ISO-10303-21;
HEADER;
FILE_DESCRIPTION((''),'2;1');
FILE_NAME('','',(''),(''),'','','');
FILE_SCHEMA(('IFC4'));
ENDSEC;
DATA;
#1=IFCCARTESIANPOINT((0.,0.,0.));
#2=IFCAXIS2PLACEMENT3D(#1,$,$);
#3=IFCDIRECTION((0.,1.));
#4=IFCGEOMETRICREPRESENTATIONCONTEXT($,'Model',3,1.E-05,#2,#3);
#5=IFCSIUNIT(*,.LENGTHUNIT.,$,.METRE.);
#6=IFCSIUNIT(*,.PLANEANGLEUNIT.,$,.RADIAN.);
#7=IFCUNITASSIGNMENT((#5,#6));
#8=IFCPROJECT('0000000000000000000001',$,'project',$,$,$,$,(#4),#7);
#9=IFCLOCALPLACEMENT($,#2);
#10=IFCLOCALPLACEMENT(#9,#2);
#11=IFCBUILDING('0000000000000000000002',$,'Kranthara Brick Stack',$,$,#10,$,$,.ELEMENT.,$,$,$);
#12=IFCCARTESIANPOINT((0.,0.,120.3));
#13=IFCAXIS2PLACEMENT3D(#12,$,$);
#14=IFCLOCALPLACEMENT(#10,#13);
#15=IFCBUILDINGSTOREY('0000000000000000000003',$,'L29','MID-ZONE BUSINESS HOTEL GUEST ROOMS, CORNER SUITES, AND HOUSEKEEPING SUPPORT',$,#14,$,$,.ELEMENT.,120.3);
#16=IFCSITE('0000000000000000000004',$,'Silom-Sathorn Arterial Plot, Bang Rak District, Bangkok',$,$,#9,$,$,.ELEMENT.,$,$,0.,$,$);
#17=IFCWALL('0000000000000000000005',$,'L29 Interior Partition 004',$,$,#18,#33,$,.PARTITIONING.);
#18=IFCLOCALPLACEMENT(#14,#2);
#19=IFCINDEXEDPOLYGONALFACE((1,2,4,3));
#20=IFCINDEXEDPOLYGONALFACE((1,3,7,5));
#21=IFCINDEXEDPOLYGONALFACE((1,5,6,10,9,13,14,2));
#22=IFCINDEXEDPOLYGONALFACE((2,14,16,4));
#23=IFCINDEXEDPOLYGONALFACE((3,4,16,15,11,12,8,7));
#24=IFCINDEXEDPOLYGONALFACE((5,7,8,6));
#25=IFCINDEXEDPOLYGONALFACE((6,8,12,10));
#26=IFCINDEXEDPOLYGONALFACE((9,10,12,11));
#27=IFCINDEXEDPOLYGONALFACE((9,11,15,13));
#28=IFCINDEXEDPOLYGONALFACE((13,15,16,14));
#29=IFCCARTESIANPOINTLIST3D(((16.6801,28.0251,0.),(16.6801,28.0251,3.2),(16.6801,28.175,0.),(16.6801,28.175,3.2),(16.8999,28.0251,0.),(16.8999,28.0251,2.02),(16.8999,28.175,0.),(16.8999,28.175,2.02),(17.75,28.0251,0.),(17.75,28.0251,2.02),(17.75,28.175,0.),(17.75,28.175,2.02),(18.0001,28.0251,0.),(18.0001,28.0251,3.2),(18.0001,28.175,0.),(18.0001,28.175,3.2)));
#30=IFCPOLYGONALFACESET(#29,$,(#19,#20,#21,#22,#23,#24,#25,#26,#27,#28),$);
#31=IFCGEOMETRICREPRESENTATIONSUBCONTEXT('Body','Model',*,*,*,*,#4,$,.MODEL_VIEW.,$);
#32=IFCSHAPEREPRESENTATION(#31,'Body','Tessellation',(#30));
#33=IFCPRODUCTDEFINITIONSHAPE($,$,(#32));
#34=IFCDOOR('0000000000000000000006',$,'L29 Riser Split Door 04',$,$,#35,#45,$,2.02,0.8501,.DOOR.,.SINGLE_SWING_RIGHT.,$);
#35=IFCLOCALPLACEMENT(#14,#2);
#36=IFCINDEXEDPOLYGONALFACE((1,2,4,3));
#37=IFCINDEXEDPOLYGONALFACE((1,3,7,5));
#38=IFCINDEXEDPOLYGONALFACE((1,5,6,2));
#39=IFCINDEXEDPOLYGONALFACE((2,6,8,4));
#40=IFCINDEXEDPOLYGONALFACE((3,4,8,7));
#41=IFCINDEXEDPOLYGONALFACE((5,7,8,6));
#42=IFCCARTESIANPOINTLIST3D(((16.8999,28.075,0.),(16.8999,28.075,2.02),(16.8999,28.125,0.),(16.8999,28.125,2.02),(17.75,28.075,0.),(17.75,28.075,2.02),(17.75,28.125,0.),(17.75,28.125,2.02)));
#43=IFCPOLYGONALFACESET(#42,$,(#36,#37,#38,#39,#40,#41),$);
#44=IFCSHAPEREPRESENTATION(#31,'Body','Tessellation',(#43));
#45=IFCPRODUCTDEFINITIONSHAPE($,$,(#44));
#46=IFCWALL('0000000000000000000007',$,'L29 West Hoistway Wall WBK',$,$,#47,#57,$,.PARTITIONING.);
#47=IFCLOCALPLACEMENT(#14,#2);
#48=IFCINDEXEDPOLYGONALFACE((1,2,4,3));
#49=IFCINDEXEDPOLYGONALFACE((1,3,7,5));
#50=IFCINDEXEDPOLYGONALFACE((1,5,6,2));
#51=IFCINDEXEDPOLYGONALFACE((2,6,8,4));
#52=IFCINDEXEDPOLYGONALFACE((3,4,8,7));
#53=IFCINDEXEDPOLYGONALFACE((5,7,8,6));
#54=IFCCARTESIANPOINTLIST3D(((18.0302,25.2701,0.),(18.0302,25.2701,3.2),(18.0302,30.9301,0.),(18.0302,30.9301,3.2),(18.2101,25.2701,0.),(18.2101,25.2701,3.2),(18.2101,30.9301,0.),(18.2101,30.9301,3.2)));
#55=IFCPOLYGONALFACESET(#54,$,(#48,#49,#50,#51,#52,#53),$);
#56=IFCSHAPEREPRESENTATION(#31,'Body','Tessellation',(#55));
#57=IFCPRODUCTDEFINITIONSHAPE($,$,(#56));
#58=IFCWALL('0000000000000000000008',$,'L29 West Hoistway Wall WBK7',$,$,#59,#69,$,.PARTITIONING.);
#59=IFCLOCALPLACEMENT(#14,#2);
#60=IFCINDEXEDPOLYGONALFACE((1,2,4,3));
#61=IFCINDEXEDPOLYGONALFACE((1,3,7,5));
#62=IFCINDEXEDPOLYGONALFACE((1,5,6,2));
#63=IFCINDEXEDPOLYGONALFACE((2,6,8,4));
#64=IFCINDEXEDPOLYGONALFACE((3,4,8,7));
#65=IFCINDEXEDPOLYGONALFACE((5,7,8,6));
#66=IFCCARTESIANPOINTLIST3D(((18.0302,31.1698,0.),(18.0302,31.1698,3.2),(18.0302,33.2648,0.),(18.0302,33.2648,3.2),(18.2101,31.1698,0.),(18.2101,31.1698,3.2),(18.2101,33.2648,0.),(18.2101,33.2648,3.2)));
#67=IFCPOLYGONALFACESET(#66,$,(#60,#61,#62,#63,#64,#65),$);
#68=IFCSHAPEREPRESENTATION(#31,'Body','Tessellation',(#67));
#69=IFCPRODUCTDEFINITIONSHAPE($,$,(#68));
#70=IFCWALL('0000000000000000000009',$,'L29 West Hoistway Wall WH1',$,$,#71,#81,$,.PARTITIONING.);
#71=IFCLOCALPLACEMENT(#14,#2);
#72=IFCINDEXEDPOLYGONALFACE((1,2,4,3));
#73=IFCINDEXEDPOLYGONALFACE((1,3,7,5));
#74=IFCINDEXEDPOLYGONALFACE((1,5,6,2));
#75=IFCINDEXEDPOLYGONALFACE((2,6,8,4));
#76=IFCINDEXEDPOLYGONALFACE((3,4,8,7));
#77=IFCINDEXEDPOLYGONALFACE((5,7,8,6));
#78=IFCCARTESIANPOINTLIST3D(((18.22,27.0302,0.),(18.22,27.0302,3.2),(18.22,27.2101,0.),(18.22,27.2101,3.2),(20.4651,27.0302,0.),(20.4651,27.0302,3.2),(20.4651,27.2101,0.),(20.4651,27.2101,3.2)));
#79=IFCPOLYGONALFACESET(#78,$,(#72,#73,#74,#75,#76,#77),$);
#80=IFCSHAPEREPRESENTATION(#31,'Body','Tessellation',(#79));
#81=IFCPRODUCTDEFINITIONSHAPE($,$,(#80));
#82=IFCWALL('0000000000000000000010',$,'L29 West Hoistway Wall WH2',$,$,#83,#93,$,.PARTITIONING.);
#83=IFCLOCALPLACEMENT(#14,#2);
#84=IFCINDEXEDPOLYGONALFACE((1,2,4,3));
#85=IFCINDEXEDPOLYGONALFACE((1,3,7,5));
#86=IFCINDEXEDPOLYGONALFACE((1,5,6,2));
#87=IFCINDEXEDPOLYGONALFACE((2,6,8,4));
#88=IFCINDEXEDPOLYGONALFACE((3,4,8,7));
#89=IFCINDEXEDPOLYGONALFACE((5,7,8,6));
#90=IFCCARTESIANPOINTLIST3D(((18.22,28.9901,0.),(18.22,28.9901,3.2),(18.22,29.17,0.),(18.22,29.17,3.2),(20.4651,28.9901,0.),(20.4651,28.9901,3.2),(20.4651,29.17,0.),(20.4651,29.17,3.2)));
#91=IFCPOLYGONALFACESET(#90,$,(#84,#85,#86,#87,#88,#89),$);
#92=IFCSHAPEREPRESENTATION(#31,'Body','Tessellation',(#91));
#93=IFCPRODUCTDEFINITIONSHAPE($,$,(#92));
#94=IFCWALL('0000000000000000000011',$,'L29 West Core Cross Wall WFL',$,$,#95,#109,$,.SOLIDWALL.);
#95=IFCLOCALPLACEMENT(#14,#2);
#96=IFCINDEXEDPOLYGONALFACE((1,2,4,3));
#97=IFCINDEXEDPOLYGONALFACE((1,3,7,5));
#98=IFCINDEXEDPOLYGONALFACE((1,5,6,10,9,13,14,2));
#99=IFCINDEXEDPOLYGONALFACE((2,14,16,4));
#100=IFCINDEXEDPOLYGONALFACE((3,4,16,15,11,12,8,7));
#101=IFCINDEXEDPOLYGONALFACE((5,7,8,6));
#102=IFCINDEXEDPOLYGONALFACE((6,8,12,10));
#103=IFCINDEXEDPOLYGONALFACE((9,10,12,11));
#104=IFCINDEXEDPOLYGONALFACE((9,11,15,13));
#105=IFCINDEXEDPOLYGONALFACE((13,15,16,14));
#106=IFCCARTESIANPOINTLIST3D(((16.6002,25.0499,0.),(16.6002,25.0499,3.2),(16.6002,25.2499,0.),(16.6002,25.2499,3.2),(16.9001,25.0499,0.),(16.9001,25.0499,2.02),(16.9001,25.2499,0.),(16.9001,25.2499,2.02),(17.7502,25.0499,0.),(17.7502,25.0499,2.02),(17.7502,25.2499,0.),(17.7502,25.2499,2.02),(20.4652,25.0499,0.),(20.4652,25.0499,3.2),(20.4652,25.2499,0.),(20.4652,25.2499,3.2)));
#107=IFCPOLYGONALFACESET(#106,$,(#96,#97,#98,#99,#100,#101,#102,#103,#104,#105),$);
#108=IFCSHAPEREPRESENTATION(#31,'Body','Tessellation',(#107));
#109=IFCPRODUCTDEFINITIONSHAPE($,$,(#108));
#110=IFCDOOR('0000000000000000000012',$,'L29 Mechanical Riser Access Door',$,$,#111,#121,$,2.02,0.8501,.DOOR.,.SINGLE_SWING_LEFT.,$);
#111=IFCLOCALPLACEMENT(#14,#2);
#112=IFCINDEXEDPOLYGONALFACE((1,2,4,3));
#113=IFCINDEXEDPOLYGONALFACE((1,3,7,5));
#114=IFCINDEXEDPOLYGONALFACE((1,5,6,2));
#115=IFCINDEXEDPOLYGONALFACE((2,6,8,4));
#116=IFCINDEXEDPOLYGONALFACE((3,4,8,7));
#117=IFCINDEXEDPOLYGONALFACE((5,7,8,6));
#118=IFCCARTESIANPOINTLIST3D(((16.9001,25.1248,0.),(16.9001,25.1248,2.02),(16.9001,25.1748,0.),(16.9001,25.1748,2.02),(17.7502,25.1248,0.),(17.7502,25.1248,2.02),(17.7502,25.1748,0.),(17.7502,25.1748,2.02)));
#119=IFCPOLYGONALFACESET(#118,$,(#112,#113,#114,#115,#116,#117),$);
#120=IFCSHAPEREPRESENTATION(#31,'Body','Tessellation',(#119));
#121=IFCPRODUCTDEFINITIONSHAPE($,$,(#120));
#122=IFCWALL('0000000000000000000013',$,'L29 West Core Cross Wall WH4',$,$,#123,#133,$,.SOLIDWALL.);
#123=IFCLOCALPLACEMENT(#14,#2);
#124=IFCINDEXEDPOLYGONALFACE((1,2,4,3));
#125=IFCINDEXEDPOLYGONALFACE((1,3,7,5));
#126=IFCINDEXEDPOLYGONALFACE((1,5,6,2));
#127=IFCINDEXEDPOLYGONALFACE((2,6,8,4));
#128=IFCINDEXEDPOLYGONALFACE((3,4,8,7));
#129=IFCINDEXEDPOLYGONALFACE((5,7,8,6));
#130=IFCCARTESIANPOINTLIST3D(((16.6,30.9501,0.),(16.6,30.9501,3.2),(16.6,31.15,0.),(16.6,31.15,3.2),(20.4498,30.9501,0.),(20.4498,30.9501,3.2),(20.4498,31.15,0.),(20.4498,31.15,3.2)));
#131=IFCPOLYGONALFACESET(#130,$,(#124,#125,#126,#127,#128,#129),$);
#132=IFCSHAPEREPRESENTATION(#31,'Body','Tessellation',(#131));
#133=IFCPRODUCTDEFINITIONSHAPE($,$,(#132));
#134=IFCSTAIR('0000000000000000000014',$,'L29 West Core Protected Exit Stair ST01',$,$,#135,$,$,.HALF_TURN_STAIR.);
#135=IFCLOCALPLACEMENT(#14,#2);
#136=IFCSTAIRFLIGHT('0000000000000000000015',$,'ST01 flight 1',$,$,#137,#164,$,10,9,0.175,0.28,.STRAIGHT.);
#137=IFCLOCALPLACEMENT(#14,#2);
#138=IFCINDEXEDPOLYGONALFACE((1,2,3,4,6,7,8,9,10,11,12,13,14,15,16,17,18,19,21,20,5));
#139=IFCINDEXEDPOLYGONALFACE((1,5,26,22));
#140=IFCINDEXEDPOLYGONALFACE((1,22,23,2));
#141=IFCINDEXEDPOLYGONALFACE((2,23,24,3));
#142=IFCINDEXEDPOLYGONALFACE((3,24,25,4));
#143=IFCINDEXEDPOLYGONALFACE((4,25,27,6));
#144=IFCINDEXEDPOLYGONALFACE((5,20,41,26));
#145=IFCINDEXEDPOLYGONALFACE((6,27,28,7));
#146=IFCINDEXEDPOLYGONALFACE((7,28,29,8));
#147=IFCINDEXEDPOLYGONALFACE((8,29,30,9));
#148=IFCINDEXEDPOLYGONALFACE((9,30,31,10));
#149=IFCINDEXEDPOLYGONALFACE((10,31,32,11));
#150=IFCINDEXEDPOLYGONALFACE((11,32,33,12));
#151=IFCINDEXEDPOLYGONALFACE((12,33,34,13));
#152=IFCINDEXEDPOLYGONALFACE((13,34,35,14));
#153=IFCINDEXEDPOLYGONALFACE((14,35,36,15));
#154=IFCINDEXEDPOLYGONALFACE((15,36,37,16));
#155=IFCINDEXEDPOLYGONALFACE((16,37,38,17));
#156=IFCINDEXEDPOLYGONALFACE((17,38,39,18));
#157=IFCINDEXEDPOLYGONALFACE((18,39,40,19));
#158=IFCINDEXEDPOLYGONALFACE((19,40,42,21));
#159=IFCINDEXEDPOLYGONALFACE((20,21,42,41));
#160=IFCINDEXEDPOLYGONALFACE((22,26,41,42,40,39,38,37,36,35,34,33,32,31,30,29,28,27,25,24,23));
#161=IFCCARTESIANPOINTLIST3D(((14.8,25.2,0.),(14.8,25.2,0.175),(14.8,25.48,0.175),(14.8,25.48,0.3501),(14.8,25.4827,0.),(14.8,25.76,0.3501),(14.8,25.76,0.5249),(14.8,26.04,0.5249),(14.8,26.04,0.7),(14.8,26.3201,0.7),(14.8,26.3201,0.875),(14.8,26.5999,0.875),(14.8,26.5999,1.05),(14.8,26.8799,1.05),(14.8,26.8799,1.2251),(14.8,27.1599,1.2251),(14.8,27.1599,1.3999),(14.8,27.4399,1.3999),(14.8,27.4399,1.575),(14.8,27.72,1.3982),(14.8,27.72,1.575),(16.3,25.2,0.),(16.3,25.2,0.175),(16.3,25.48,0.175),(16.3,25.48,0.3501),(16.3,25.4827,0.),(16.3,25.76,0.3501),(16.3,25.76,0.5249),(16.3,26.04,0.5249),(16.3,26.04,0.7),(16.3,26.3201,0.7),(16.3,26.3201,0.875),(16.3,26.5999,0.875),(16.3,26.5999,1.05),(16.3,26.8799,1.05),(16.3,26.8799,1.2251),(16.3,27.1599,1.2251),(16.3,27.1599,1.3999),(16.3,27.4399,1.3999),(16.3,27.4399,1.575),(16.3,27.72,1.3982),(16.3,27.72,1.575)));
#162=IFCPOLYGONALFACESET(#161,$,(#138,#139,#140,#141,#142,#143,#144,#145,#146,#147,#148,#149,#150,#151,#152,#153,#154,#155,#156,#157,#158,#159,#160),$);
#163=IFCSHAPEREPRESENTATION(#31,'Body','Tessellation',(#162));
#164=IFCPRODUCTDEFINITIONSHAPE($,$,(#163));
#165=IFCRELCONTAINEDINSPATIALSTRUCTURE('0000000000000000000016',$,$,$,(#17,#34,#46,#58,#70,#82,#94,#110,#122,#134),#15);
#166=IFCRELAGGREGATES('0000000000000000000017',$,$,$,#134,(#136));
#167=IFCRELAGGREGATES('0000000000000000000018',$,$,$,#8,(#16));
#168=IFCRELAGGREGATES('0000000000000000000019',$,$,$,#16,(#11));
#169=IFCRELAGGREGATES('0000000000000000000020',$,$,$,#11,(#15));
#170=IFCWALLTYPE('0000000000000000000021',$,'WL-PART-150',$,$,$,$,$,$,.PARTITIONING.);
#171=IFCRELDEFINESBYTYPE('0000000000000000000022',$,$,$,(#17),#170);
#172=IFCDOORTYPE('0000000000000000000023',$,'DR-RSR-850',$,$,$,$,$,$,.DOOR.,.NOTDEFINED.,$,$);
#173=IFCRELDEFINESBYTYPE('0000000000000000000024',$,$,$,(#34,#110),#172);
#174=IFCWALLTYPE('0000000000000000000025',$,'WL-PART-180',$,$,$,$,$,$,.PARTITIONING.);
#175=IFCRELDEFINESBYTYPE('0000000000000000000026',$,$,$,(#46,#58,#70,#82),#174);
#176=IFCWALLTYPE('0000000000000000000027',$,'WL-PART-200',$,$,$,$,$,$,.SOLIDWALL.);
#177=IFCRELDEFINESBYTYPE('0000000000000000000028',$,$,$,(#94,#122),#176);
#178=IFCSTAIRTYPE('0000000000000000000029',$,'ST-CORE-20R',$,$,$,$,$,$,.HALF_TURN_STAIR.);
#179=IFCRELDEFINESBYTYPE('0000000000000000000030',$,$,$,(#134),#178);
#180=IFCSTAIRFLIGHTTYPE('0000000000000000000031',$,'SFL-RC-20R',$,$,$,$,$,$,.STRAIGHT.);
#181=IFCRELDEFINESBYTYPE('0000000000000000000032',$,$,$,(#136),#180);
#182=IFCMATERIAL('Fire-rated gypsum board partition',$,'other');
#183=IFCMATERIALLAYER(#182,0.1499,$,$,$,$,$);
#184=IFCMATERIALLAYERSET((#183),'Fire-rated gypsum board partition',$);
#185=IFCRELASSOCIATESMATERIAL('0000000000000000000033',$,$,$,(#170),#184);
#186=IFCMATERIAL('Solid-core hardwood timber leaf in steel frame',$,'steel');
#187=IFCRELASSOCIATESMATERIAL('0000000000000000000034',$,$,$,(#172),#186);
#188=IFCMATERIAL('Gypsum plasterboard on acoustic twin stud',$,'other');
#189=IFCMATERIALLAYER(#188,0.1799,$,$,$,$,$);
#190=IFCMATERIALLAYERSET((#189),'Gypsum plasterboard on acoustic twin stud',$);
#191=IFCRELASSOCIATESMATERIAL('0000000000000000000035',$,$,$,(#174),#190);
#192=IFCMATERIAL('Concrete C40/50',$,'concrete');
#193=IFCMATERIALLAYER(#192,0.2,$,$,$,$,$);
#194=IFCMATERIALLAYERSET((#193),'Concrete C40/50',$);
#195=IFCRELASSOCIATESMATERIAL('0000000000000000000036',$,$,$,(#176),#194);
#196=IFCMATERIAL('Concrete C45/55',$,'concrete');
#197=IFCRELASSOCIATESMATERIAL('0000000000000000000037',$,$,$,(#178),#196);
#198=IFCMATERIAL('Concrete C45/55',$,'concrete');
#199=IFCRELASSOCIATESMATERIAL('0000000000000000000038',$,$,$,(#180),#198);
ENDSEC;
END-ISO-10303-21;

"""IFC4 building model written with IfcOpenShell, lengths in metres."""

from ifc_helpers import new_model, si_unit, direction, frame, frame_2d, origin, place, context, subcontext, project, spatial, polyline, rectangle, outline, extrude, material, layer, layer_set, type_object, element, fill, aggregate, save


model = new_model("IFC4")

# Units and contexts
model_context = context("Model", 3, precision=1e-05, world=origin(), true_north=direction((0.0, 1.0)))
body_context = subcontext(model_context, "Body", "Model", "MODEL_VIEW")
ifc_project = project(units=[si_unit("LENGTHUNIT", "METRE"), si_unit("PLANEANGLEUNIT", "RADIAN")], contexts=[model_context])

# Site, building, storey
site_placement = place(None, origin())
site = spatial("IfcSite", under=ifc_project, at=site_placement, Name="Silom-Sathorn Arterial Plot, Bang Rak District, Bangkok", CompositionType="ELEMENT", RefElevation=0.0)
building_placement = place(site_placement, origin())
building = spatial("IfcBuilding", under=site, at=building_placement, Name="Kranthara Brick Stack", CompositionType="ELEMENT")
storey_placement = place(building_placement, frame((0.0, 0.0, 120.3)))
storey = spatial("IfcBuildingStorey", under=building, at=storey_placement, Name="L29", Description="MID-ZONE BUSINESS HOTEL GUEST ROOMS, CORNER SUITES, AND HOUSEKEEPING SUPPORT", CompositionType="ELEMENT", Elevation=120.3)

# Wall, opening, door
ifc_material_1 = material(Name="Fire-rated gypsum board partition", Category="other")
ifc_layer_1 = layer(ifc_material_1, 0.1499)
ifc_layer_set_1 = layer_set([ifc_layer_1], Name="Fire-rated gypsum board partition")
wall_type_1 = type_object("IfcWallType", Name="WL-PART-150", PredefinedType="PARTITIONING", material=ifc_layer_set_1)
wall_1_placement = place(storey_placement, frame((16.6799, 28.1001, 0.0), z_axis=(0.0, 0.0, 1.0), x_axis=(1.0, 0.0, 0.0)))
wall_1 = element("IfcWall", 1, at=wall_1_placement, inside=storey, type_object=wall_type_1, Name="L29 Interior Partition 004", PredefinedType="PARTITIONING", context=body_context, shape_type="SweptSolid", body=[
    extrude(rectangle(XDim=1.3201, YDim=0.1499, at=frame_2d((0.6602, 0.0))), origin(), (0.0, 0.0, 1.0), 3.2),
])
opening_1_placement = place(wall_1_placement, frame((0.22, 0.0, 0.0)))
opening_1 = element("IfcOpeningElement", 2, at=opening_1_placement, cuts=wall_1, PredefinedType="OPENING", context=body_context, shape_type="SweptSolid", body=[
    extrude(rectangle(XDim=0.8501, YDim=2.02, at=frame_2d((0.425, 1.01))), frame((0.0, 0.085, 0.0), z_axis=(0.0, -1.0, 0.0), x_axis=(1.0, 0.0, 0.0)), (0.0, 0.0, 1.0), 0.1699),
])
ifc_material_2 = material(Name="Solid-core hardwood timber leaf in steel frame", Category="steel")
door_type = type_object("IfcDoorType", Name="DR-RSR-850", OperationType="NOTDEFINED", PredefinedType="DOOR", material=ifc_material_2)
door_1_placement = place(opening_1_placement, origin())
door_1 = element("IfcDoor", 3, at=door_1_placement, inside=storey, type_object=door_type, Name="L29 Riser Split Door 04", OperationType="SINGLE_SWING_RIGHT", OverallHeight=2.02, OverallWidth=0.8501, PredefinedType="DOOR", context=body_context, shape_type="SweptSolid", body=[
    extrude(rectangle(XDim=0.8501, YDim=2.02, at=frame_2d((0.425, 1.01))), frame((0.0, 0.0249, 0.0), z_axis=(0.0, -1.0, 0.0), x_axis=(1.0, 0.0, 0.0)), (0.0, 0.0, 1.0), 0.05),
])
fill(opening_1, door_1)

# Walls
ifc_material_3 = material(Name="Gypsum plasterboard on acoustic twin stud", Category="other")
ifc_layer_2 = layer(ifc_material_3, 0.1799)
ifc_layer_set_2 = layer_set([ifc_layer_2], Name="Gypsum plasterboard on acoustic twin stud")
wall_type_2 = type_object("IfcWallType", Name="WL-PART-180", PredefinedType="PARTITIONING", material=ifc_layer_set_2)
wall_2_placement = place(storey_placement, frame((18.1201, 25.27, 0.0), z_axis=(0.0, 0.0, 1.0), x_axis=(0.0, 1.0, 0.0)))
element("IfcWall", 4, at=wall_2_placement, inside=storey, type_object=wall_type_2, Name="L29 West Hoistway Wall WBK", PredefinedType="PARTITIONING", context=body_context, shape_type="SweptSolid", body=[
    extrude(rectangle(XDim=5.6599, YDim=0.1799, at=frame_2d((2.8301, 0.0))), origin(), (0.0, 0.0, 1.0), 3.2),
])
wall_3_placement = place(storey_placement, frame((18.1201, 31.1699, 0.0), z_axis=(0.0, 0.0, 1.0), x_axis=(0.0, 1.0, 0.0)))
element("IfcWall", 5, at=wall_3_placement, inside=storey, type_object=wall_type_2, Name="L29 West Hoistway Wall WBK7", PredefinedType="PARTITIONING", context=body_context, shape_type="SweptSolid", body=[
    extrude(rectangle(XDim=2.095, YDim=0.1799, at=frame_2d((1.0474, 0.0))), origin(), (0.0, 0.0, 1.0), 3.2),
])
for number, where, z_axis, x_axis, name in (
    (6, (18.22, 27.1201, 0.0), (0.0, 0.0, 1.0), (1.0, 0.0, 0.0), "L29 West Hoistway Wall WH1"),
    (7, (18.22, 29.0801, 0.0), (0.0, 0.0, 1.0), (1.0, 0.0, 0.0), "L29 West Hoistway Wall WH2"),
):
    element("IfcWall", number, at=place(storey_placement, frame(where, z_axis=z_axis, x_axis=x_axis)), inside=storey, type_object=wall_type_2, Name=name, PredefinedType="PARTITIONING", context=body_context, shape_type="SweptSolid", body=[
        extrude(rectangle(XDim=2.2451, YDim=0.1799, at=frame_2d((1.1226, 0.0))), origin(), (0.0, 0.0, 1.0), 3.2),
    ])

# Wall, opening, door
ifc_material_4 = material(Name="Concrete C40/50", Category="concrete")
ifc_layer_3 = layer(ifc_material_4, 0.2)
ifc_layer_set_3 = layer_set([ifc_layer_3], Name="Concrete C40/50")
wall_type_3 = type_object("IfcWallType", Name="WL-PART-200", PredefinedType="SOLIDWALL", material=ifc_layer_set_3)
wall_4_placement = place(storey_placement, frame((16.6001, 25.1499, 0.0), z_axis=(0.0, 0.0, 1.0), x_axis=(1.0, 0.0, 0.0)))
wall_4 = element("IfcWall", 8, at=wall_4_placement, inside=storey, type_object=wall_type_3, Name="L29 West Core Cross Wall WFL", PredefinedType="SOLIDWALL", context=body_context, shape_type="SweptSolid", body=[
    extrude(rectangle(XDim=3.865, YDim=0.2, at=frame_2d((1.9326, 0.0))), origin(), (0.0, 0.0, 1.0), 3.2),
])
opening_2_placement = place(wall_4_placement, frame((0.3, 0.0, 0.0)))
opening_2 = element("IfcOpeningElement", 9, at=opening_2_placement, cuts=wall_4, PredefinedType="OPENING", context=body_context, shape_type="SweptSolid", body=[
    extrude(rectangle(XDim=0.8501, YDim=2.02, at=frame_2d((0.425, 1.01))), frame((0.0, 0.1099, 0.0), z_axis=(0.0, -1.0, 0.0), x_axis=(1.0, 0.0, 0.0)), (0.0, 0.0, 1.0), 0.22),
])
door_2_placement = place(opening_2_placement, origin())
door_2 = element("IfcDoor", 10, at=door_2_placement, inside=storey, type_object=door_type, Name="L29 Mechanical Riser Access Door", OperationType="SINGLE_SWING_LEFT", OverallHeight=2.02, OverallWidth=0.8501, PredefinedType="DOOR", context=body_context, shape_type="SweptSolid", body=[
    extrude(rectangle(XDim=0.8501, YDim=2.02, at=frame_2d((0.425, 1.01))), frame((0.0, 0.0249, 0.0), z_axis=(0.0, -1.0, 0.0), x_axis=(1.0, 0.0, 0.0)), (0.0, 0.0, 1.0), 0.05),
])
fill(opening_2, door_2)

# Wall
wall_5_placement = place(storey_placement, frame((16.6001, 31.05, 0.0), z_axis=(0.0, 0.0, 1.0), x_axis=(1.0, 0.0, 0.0)))
element("IfcWall", 11, at=wall_5_placement, inside=storey, type_object=wall_type_3, Name="L29 West Core Cross Wall WH4", PredefinedType="SOLIDWALL", context=body_context, shape_type="SweptSolid", body=[
    extrude(rectangle(XDim=3.8499, YDim=0.2, at=frame_2d((1.9248, 0.0))), origin(), (0.0, 0.0, 1.0), 3.2),
])

# Stair, stair flight
ifc_material_5 = material(Name="Concrete C45/55", Category="concrete")
stair_type = type_object("IfcStairType", Name="ST-CORE-20R", PredefinedType="HALF_TURN_STAIR", material=ifc_material_5)
stair_placement = place(storey_placement, origin())
stair = element("IfcStair", 12, at=stair_placement, inside=storey, type_object=stair_type, Name="L29 West Core Protected Exit Stair ST01", PredefinedType="HALF_TURN_STAIR")
ifc_material_6 = material(Name="Concrete C45/55", Category="concrete")
stair_flight_type = type_object("IfcStairFlightType", Name="SFL-RC-20R", PredefinedType="STRAIGHT", material=ifc_material_6)
stair_flight_placement = place(storey_placement, frame((15.55, 25.2, 0.0), z_axis=(0.0, 0.0, 1.0), x_axis=(0.0, 1.0, 0.0)))
stair_flight = element("IfcStairFlight", 13, at=stair_flight_placement, type_object=stair_flight_type, Name="ST01 flight 1", NumberOfRisers=10, NumberOfTreads=9, PredefinedType="STRAIGHT", RiserHeight=0.175, TreadLength=0.28, context=body_context, shape_type="SweptSolid", body=[
    extrude(outline(polyline([(0.0, 0.0), (0.0, 0.175), (0.28, 0.175), (0.28, 0.3501), (0.5601, 0.3501), (0.5601, 0.5249), (0.8401, 0.5249), (0.8401, 0.7), (1.1201, 0.7), (1.1201, 0.875), (1.3999, 0.875), (1.3999, 1.05), (1.6799, 1.05), (1.6799, 1.2251), (1.96, 1.2251), (1.96, 1.3999), (2.24, 1.3999), (2.24, 1.575), (2.52, 1.575), (2.52, 1.75), (2.52, 1.3982), (0.2827, 0.0), (0.0, 0.0)])), frame((0.0, 0.75, 0.0), z_axis=(0.0, -1.0, 0.0), x_axis=(1.0, 0.0, 0.0)), (0.0, 0.0, 1.0), 1.5),
])
aggregate(stair, [stair_flight])

save(model, "model.ifc")
